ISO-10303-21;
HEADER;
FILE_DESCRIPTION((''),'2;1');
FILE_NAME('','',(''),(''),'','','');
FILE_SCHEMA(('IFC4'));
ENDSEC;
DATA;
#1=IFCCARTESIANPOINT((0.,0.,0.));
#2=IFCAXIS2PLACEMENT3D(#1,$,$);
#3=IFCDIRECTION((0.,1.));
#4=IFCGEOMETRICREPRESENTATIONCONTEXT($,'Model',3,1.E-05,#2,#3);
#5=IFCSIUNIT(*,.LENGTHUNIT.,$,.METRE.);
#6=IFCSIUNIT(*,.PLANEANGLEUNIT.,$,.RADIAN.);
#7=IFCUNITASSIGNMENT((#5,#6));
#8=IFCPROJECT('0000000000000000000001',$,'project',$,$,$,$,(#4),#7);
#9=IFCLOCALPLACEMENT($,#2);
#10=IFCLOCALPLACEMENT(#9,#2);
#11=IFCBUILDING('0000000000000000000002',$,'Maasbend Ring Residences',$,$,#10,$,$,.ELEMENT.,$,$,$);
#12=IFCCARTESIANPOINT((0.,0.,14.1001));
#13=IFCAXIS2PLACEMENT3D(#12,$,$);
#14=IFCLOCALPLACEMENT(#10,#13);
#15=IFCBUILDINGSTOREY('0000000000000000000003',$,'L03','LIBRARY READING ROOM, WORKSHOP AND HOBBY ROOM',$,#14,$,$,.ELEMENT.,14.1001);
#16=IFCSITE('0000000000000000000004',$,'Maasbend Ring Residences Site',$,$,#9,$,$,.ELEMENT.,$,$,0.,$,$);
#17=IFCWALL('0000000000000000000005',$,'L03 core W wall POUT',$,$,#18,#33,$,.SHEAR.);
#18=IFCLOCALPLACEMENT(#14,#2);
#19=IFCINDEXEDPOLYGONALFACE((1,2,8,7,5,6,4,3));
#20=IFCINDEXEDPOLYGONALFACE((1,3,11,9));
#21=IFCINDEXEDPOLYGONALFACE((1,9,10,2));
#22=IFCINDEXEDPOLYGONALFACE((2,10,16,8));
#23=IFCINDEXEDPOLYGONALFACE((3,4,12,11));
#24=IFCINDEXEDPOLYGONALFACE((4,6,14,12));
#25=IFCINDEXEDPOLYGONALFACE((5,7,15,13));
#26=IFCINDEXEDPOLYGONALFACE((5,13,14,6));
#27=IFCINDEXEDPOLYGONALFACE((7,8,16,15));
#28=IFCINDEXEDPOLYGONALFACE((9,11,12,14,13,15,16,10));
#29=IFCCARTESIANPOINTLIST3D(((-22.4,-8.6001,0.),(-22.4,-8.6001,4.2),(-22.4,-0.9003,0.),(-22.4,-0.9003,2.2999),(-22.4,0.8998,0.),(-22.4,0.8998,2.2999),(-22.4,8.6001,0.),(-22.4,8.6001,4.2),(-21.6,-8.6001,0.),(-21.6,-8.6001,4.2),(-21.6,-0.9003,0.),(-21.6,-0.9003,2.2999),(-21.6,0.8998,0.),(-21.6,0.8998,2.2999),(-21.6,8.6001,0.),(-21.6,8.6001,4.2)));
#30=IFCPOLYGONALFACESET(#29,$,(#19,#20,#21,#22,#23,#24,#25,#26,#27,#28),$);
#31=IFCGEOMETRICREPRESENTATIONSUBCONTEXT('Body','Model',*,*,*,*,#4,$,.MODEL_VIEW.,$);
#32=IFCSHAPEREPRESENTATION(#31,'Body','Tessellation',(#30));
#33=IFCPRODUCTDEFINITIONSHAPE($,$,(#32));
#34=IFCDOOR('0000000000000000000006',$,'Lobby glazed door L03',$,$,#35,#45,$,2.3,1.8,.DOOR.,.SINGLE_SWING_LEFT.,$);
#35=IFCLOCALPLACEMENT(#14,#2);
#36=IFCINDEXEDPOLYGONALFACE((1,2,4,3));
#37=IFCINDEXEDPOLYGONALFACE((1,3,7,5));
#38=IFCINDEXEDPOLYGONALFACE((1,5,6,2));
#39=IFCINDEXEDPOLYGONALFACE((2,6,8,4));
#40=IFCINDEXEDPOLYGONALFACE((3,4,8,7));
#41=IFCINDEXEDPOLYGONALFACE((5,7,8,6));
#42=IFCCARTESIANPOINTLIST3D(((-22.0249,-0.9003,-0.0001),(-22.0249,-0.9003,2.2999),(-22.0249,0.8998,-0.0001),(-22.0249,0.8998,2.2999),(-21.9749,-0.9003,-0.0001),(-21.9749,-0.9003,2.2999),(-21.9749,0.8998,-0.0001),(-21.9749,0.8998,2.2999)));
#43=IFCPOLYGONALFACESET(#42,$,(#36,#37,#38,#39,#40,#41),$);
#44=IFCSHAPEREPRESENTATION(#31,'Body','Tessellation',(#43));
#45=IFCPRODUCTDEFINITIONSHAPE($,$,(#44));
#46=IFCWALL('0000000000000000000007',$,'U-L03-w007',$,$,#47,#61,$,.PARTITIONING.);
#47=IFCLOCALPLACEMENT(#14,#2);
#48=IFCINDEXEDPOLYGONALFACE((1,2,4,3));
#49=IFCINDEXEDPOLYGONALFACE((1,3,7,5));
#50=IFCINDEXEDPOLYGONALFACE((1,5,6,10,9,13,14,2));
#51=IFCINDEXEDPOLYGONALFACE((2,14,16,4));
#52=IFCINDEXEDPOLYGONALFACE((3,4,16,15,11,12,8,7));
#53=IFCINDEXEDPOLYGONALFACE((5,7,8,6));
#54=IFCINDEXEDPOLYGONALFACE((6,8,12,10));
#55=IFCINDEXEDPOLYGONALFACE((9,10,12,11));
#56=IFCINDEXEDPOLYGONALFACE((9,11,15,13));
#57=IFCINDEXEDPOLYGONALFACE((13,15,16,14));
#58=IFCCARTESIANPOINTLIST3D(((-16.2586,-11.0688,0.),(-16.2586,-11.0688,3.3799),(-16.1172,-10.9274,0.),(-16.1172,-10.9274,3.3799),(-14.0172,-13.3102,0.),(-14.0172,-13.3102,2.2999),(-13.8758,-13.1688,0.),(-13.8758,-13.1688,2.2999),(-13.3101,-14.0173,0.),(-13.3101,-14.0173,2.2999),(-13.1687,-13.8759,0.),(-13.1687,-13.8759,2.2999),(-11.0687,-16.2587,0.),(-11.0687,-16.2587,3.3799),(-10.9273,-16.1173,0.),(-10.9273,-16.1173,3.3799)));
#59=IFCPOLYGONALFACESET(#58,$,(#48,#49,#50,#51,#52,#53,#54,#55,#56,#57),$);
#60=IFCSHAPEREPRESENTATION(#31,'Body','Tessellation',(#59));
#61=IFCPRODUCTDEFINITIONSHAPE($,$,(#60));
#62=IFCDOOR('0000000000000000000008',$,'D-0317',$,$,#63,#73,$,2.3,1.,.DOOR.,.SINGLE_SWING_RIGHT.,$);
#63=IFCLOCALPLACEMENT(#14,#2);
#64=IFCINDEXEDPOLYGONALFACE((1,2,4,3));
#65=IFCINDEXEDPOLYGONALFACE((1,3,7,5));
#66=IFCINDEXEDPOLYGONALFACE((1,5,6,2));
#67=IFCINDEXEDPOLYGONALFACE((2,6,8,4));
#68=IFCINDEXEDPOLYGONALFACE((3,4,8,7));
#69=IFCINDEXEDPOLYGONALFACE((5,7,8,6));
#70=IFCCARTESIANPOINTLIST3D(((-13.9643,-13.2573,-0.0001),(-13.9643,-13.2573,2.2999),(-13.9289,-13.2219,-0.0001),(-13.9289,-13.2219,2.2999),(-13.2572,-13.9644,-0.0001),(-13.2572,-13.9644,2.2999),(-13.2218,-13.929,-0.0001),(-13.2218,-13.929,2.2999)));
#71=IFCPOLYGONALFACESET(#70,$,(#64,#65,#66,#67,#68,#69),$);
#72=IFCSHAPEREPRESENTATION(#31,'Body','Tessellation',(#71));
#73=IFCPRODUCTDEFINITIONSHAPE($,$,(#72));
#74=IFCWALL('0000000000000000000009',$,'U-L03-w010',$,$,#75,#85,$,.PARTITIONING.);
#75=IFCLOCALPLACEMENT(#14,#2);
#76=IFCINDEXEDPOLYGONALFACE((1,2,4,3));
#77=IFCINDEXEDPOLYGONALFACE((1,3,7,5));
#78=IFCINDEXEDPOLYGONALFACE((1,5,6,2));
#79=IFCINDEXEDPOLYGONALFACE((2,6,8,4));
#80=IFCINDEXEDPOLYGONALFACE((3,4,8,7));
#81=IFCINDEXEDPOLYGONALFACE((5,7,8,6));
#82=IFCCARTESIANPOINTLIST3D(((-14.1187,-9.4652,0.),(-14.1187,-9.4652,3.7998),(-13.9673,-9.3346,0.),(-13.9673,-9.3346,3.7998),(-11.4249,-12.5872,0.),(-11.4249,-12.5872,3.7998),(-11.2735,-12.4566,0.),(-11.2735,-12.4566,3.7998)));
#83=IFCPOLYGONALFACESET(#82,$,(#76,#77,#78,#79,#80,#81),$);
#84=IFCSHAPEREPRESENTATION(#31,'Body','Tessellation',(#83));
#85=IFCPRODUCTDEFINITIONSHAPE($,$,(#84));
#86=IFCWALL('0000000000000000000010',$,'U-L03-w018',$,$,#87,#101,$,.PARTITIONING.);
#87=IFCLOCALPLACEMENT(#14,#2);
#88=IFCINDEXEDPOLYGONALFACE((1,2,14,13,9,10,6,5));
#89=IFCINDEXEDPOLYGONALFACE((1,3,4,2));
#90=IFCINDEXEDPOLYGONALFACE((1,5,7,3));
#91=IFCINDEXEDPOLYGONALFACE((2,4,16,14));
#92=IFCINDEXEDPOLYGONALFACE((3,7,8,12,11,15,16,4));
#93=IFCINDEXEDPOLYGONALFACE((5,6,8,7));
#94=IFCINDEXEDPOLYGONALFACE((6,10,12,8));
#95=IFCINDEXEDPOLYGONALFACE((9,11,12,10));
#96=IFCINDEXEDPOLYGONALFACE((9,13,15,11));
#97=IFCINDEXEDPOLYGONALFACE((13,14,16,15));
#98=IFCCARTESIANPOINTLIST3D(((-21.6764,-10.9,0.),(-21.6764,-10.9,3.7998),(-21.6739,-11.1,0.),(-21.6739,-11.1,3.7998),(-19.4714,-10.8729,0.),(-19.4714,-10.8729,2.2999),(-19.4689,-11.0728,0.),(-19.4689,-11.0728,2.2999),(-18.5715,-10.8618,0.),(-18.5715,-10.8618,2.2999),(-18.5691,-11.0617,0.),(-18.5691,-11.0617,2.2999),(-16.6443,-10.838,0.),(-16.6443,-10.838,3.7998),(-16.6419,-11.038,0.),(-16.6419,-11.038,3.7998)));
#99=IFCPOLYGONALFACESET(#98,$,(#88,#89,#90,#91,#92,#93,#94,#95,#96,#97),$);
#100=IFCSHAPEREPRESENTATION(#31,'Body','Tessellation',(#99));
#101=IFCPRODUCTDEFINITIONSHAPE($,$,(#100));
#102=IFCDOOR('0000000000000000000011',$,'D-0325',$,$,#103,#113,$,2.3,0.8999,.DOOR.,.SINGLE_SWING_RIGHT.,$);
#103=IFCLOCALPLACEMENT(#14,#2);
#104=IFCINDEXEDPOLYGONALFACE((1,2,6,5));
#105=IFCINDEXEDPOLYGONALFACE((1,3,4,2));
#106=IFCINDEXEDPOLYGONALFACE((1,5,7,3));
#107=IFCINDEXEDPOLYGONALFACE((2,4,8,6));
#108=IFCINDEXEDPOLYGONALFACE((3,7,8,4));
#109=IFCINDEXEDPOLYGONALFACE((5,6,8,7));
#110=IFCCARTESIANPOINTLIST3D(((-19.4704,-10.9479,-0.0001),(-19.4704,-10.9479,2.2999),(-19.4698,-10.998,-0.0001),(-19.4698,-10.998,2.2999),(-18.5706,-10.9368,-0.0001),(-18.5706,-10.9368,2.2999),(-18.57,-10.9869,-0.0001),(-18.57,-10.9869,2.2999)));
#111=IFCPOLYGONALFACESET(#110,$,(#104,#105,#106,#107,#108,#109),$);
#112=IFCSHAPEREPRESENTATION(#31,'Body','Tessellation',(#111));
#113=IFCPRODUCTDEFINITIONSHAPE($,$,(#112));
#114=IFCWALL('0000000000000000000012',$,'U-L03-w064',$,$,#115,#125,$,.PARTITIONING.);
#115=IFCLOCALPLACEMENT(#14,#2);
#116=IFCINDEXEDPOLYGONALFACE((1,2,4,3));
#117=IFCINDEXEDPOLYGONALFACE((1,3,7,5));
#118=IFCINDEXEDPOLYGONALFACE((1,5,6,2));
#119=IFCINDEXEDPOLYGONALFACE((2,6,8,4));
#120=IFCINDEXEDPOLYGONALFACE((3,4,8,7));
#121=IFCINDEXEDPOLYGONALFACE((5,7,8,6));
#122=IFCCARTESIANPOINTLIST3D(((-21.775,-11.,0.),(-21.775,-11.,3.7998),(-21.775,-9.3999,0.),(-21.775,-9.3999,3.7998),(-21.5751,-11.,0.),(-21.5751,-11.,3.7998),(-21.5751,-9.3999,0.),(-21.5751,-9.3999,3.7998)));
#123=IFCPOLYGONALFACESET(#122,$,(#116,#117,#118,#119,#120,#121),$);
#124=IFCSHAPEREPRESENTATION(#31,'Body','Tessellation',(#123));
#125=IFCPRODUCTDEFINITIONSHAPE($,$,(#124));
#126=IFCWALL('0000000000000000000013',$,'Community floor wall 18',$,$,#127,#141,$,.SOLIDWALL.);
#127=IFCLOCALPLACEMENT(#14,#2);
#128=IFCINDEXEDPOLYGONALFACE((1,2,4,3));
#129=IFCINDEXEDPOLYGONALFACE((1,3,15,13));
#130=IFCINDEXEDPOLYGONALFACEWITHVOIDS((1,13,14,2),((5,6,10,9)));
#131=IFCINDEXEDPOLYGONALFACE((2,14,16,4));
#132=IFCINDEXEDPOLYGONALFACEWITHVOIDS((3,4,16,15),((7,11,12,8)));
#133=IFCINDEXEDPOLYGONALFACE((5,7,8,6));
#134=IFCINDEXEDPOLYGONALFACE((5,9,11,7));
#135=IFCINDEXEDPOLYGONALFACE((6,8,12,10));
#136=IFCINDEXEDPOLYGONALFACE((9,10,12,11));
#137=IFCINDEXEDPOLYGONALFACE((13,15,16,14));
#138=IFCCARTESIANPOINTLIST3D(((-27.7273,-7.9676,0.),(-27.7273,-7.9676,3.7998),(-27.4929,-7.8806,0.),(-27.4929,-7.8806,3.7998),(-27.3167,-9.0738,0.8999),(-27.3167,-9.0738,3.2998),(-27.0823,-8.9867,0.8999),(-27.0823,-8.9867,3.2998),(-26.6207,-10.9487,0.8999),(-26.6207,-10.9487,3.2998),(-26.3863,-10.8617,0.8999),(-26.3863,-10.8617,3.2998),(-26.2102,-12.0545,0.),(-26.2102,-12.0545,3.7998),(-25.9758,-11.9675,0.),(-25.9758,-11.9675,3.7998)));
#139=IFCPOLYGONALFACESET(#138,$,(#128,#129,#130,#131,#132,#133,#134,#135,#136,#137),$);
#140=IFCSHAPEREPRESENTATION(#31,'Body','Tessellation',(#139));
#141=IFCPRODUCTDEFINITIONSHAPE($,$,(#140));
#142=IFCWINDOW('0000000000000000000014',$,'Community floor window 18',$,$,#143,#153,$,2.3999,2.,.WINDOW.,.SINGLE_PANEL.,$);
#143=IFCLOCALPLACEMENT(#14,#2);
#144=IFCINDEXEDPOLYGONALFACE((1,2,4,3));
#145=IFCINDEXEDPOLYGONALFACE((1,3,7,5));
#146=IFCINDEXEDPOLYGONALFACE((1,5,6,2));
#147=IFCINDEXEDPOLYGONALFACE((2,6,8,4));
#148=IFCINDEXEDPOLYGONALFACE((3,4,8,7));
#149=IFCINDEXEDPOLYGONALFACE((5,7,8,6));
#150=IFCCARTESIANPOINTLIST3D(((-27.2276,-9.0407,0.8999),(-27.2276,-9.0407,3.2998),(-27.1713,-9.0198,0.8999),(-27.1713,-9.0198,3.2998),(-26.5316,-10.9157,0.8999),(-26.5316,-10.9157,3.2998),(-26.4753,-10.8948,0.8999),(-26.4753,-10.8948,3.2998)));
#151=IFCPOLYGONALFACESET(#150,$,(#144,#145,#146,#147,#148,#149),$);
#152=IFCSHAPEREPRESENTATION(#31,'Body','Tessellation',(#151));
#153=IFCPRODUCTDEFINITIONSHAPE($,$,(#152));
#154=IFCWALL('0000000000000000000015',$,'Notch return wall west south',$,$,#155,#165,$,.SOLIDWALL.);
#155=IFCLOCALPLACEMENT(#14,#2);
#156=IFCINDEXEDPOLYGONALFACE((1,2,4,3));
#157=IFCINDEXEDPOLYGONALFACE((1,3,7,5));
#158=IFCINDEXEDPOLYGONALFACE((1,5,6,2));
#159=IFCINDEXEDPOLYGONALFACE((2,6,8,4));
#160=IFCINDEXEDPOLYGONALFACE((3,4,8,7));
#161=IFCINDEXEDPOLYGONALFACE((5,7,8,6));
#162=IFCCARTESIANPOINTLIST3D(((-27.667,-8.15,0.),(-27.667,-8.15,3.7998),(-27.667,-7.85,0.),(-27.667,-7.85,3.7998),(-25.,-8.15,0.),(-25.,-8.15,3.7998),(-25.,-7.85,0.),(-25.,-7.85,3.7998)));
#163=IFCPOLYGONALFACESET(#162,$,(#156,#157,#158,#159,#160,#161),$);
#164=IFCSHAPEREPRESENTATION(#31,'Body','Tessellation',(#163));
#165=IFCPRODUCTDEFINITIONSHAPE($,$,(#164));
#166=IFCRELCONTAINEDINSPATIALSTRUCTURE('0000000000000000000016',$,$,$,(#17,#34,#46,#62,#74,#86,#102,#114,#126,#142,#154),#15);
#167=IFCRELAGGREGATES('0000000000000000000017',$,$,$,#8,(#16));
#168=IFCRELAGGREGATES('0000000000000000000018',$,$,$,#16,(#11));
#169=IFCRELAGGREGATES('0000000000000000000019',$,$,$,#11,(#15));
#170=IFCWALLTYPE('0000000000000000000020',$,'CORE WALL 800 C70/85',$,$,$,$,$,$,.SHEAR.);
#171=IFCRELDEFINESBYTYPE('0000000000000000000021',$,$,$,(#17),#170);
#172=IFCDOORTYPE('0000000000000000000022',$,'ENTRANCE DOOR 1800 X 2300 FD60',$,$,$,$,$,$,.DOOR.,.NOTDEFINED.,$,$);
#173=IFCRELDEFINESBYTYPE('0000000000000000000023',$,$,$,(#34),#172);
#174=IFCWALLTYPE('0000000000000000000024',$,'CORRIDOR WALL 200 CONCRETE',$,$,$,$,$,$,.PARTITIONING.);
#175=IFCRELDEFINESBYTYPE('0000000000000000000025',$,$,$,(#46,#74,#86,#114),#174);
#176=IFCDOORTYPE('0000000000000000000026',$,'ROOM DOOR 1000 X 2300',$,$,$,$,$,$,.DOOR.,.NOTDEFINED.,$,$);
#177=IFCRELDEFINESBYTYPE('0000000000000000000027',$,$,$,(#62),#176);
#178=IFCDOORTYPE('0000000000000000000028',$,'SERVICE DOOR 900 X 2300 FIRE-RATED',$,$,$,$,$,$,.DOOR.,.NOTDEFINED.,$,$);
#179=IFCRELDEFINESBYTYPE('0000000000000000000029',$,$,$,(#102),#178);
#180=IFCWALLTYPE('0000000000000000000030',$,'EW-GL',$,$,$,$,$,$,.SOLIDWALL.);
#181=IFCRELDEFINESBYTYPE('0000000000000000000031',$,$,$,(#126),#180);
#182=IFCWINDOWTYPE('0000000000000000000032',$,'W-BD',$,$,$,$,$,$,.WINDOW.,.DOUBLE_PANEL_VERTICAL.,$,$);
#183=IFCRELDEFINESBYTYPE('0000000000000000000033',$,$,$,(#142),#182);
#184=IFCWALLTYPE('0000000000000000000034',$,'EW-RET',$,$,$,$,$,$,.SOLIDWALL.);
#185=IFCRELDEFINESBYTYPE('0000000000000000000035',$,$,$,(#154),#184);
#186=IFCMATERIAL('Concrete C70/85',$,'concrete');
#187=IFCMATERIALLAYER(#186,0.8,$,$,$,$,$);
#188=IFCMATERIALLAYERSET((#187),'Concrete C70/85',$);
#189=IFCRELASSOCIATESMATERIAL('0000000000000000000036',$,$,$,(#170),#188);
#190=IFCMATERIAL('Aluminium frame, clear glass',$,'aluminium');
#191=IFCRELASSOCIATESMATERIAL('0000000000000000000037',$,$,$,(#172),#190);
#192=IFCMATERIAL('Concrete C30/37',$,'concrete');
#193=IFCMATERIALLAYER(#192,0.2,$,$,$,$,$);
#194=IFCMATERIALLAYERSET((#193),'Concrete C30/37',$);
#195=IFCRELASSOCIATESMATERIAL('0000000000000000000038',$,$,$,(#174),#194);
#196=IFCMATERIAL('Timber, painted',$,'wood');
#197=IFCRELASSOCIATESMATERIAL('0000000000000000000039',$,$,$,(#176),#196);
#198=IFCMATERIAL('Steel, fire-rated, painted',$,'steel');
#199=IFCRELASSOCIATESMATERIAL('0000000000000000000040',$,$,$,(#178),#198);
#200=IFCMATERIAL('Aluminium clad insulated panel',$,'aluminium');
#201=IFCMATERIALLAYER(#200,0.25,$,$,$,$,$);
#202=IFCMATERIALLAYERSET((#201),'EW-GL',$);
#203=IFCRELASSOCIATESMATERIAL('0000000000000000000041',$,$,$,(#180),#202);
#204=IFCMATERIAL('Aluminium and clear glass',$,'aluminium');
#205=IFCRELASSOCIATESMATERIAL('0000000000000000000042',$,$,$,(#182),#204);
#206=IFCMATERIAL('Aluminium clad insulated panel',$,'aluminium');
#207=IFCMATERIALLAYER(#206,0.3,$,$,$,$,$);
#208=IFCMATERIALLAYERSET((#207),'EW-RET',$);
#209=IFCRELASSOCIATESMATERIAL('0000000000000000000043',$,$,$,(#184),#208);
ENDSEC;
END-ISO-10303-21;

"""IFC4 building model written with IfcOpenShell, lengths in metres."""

from ifc_helpers import new_model, si_unit, direction, frame, frame_2d, origin, place, context, subcontext, project, spatial, rectangle, extrude, material, layer, layer_set, type_object, element, fill, save


model = new_model("IFC4")

# Units and contexts
model_context = context("Model", 3, precision=1e-05, world=origin(), true_north=direction((0.0, 1.0)))
body_context = subcontext(model_context, "Body", "Model", "MODEL_VIEW")
ifc_project = project(units=[si_unit("LENGTHUNIT", "METRE"), si_unit("PLANEANGLEUNIT", "RADIAN")], contexts=[model_context])

# Site, building, storey
site_placement = place(None, origin())
site = spatial("IfcSite", under=ifc_project, at=site_placement, Name="Maasbend Ring Residences Site", CompositionType="ELEMENT", RefElevation=0.0)
building_placement = place(site_placement, origin())
building = spatial("IfcBuilding", under=site, at=building_placement, Name="Maasbend Ring Residences", CompositionType="ELEMENT")
storey_placement = place(building_placement, frame((0.0, 0.0, 14.1001)))
storey = spatial("IfcBuildingStorey", under=building, at=storey_placement, Name="L03", Description="LIBRARY READING ROOM, WORKSHOP AND HOBBY ROOM", CompositionType="ELEMENT", Elevation=14.1001)

# Walls, openings, doors
ifc_material_1 = material(Name="Concrete C70/85", Category="concrete")
ifc_layer_1 = layer(ifc_material_1, 0.8)
ifc_layer_set_1 = layer_set([ifc_layer_1], Name="Concrete C70/85")
wall_type_1 = type_object("IfcWallType", Name="CORE WALL 800 C70/85", PredefinedType="SHEAR", material=ifc_layer_set_1)
wall_1_placement = place(storey_placement, frame((-22.0, -8.6001, 0.0), z_axis=(0.0, 0.0, 1.0), x_axis=(0.0, 1.0, 0.0)))
wall_1 = element("IfcWall", 1, at=wall_1_placement, inside=storey, type_object=wall_type_1, Name="L03 core W wall POUT", PredefinedType="SHEAR", context=body_context, shape_type="SweptSolid", body=[
    extrude(rectangle(XDim=17.2002, YDim=0.8, at=frame_2d((8.6001, 0.0))), origin(), (0.0, 0.0, 1.0), 4.2),
])
opening_1_placement = place(wall_1_placement, frame((7.7, 0.0, 0.0)))
opening_1 = element("IfcOpeningElement", 2, at=opening_1_placement, cuts=wall_1, PredefinedType="OPENING", context=body_context, shape_type="SweptSolid", body=[
    extrude(rectangle(XDim=1.8, YDim=2.3, at=frame_2d((0.8999, 1.1499))), frame((0.0, 0.4102, 0.0), z_axis=(0.0, -1.0, 0.0), x_axis=(1.0, 0.0, 0.0)), (0.0, 0.0, 1.0), 0.8201),
])
ifc_material_2 = material(Name="Aluminium frame, clear glass", Category="aluminium")
door_type_1 = type_object("IfcDoorType", Name="ENTRANCE DOOR 1800 X 2300 FD60", OperationType="NOTDEFINED", PredefinedType="DOOR", material=ifc_material_2)
door_1_placement = place(opening_1_placement, origin())
door_1 = element("IfcDoor", 3, at=door_1_placement, inside=storey, type_object=door_type_1, Name="Lobby glazed door L03", OperationType="SINGLE_SWING_LEFT", OverallHeight=2.3, OverallWidth=1.8, PredefinedType="DOOR", context=body_context, shape_type="SweptSolid", body=[
    extrude(rectangle(XDim=1.8, YDim=2.3, at=frame_2d((0.8999, 1.1499))), frame((0.0, 0.0249, 0.0), z_axis=(0.0, -1.0, 0.0), x_axis=(1.0, 0.0, 0.0)), (0.0, 0.0, 1.0), 0.05),
])
fill(opening_1, door_1)
ifc_material_3 = material(Name="Concrete C30/37", Category="concrete")
ifc_layer_2 = layer(ifc_material_3, 0.2)
ifc_layer_set_2 = layer_set([ifc_layer_2], Name="Concrete C30/37")
wall_type_2 = type_object("IfcWallType", Name="CORRIDOR WALL 200 CONCRETE", PredefinedType="PARTITIONING", material=ifc_layer_set_2)
wall_2_placement = place(storey_placement, frame((-16.188, -10.998, 0.0), z_axis=(0.0, 0.0, 1.0), x_axis=(0.707107, -0.707107, 0.0)))
wall_2 = element("IfcWall", 4, at=wall_2_placement, inside=storey, type_object=wall_type_2, Name="U-L03-w007", PredefinedType="PARTITIONING", context=body_context, shape_type="SweptSolid", body=[
    extrude(rectangle(XDim=7.3396, YDim=0.2, at=frame_2d((3.6699, 0.0))), origin(), (0.0, 0.0, 1.0), 3.3799),
])
opening_2_placement = place(wall_2_placement, frame((3.1699, 0.0, 0.0)))
opening_2 = element("IfcOpeningElement", 5, at=opening_2_placement, cuts=wall_2, PredefinedType="OPENING", context=body_context, shape_type="SweptSolid", body=[
    extrude(rectangle(XDim=1.0, YDim=2.3, at=frame_2d((0.5, 1.1499))), frame((0.0, 0.1099, 0.0), z_axis=(0.0, -1.0, 0.0), x_axis=(1.0, 0.0, 0.0)), (0.0, 0.0, 1.0), 0.22),
])
ifc_material_4 = material(Name="Timber, painted", Category="wood")
door_type_2 = type_object("IfcDoorType", Name="ROOM DOOR 1000 X 2300", OperationType="NOTDEFINED", PredefinedType="DOOR", material=ifc_material_4)
door_2_placement = place(opening_2_placement, origin())
door_2 = element("IfcDoor", 6, at=door_2_placement, inside=storey, type_object=door_type_2, Name="D-0317", OperationType="SINGLE_SWING_RIGHT", OverallHeight=2.3, OverallWidth=1.0, PredefinedType="DOOR", context=body_context, shape_type="SweptSolid", body=[
    extrude(rectangle(XDim=1.0, YDim=2.3, at=frame_2d((0.5, 1.1499))), frame((0.0, 0.0249, 0.0), z_axis=(0.0, -1.0, 0.0), x_axis=(1.0, 0.0, 0.0)), (0.0, 0.0, 1.0), 0.05),
])
fill(opening_2, door_2)

# Wall
wall_3_placement = place(storey_placement, frame((-14.043, -9.3999, 0.0), z_axis=(0.0, 0.0, 1.0), x_axis=(0.653275, -0.757121, 0.0)))
element("IfcWall", 7, at=wall_3_placement, inside=storey, type_object=wall_type_2, Name="U-L03-w010", PredefinedType="PARTITIONING", context=body_context, shape_type="SweptSolid", body=[
    extrude(rectangle(XDim=4.1235, YDim=0.2, at=frame_2d((2.0618, 0.0))), origin(), (0.0, 0.0, 1.0), 3.7998),
])

# Wall, opening, door
wall_4_placement = place(storey_placement, frame((-21.675, -11.0, 0.0), z_axis=(0.0, 0.0, 1.0), x_axis=(0.999924, 0.012323, 0.0)))
wall_4 = element("IfcWall", 8, at=wall_4_placement, inside=storey, type_object=wall_type_2, Name="U-L03-w018", PredefinedType="PARTITIONING", context=body_context, shape_type="SweptSolid", body=[
    extrude(rectangle(XDim=5.0325, YDim=0.2, at=frame_2d((2.5161, 0.0))), origin(), (0.0, 0.0, 1.0), 3.7998),
])
opening_3_placement = place(wall_4_placement, frame((2.2051, 0.0, 0.0)))
opening_3 = element("IfcOpeningElement", 9, at=opening_3_placement, cuts=wall_4, PredefinedType="OPENING", context=body_context, shape_type="SweptSolid", body=[
    extrude(rectangle(XDim=0.8999, YDim=2.3, at=frame_2d((0.45, 1.1499))), frame((0.0, 0.1099, 0.0), z_axis=(0.0, -1.0, 0.0), x_axis=(1.0, 0.0, 0.0)), (0.0, 0.0, 1.0), 0.22),
])
ifc_material_5 = material(Name="Steel, fire-rated, painted", Category="steel")
door_type_3 = type_object("IfcDoorType", Name="SERVICE DOOR 900 X 2300 FIRE-RATED", OperationType="NOTDEFINED", PredefinedType="DOOR", material=ifc_material_5)
door_3_placement = place(opening_3_placement, origin())
door_3 = element("IfcDoor", 10, at=door_3_placement, inside=storey, type_object=door_type_3, Name="D-0325", OperationType="SINGLE_SWING_RIGHT", OverallHeight=2.3, OverallWidth=0.8999, PredefinedType="DOOR", context=body_context, shape_type="SweptSolid", body=[
    extrude(rectangle(XDim=0.8999, YDim=2.3, at=frame_2d((0.45, 1.1499))), frame((0.0, 0.0249, 0.0), z_axis=(0.0, -1.0, 0.0), x_axis=(1.0, 0.0, 0.0)), (0.0, 0.0, 1.0), 0.05),
])
fill(opening_3, door_3)

# Wall
wall_5_placement = place(storey_placement, frame((-21.675, -11.0, 0.0), z_axis=(0.0, 0.0, 1.0), x_axis=(0.0, 1.0, 0.0)))
element("IfcWall", 11, at=wall_5_placement, inside=storey, type_object=wall_type_2, Name="U-L03-w064", PredefinedType="PARTITIONING", context=body_context, shape_type="SweptSolid", body=[
    extrude(rectangle(XDim=1.6001, YDim=0.2, at=frame_2d((0.8, 0.0))), origin(), (0.0, 0.0, 1.0), 3.7998),
])

# Wall, opening, window
ifc_material_6 = material(Name="Aluminium clad insulated panel", Category="aluminium")
ifc_layer_3 = layer(ifc_material_6, 0.25)
ifc_layer_set_3 = layer_set([ifc_layer_3], Name="EW-GL")
wall_type_3 = type_object("IfcWallType", Name="EW-GL", PredefinedType="SOLIDWALL", material=ifc_layer_set_3)
wall_6_placement = place(storey_placement, frame((-27.6101, -7.9241, 0.0), z_axis=(0.0, 0.0, 1.0), x_axis=(0.348004, -0.937493, 0.0)))
wall_6 = element("IfcWall", 12, at=wall_6_placement, inside=storey, type_object=wall_type_3, Name="Community floor wall 18", PredefinedType="SOLIDWALL", context=body_context, shape_type="SweptSolid", body=[
    extrude(rectangle(XDim=4.3594, YDim=0.25, at=frame_2d((2.1797, 0.0))), origin(), (0.0, 0.0, 1.0), 3.7998),
])
opening_4_placement = place(wall_6_placement, frame((1.1799, 0.0, 0.8999)))
opening_4 = element("IfcOpeningElement", 13, at=opening_4_placement, cuts=wall_6, PredefinedType="OPENING", context=body_context, shape_type="SweptSolid", body=[
    extrude(rectangle(XDim=2.0, YDim=2.3999, at=frame_2d((1.0, 1.2))), frame((0.0, 0.135, 0.0), z_axis=(0.0, -1.0, 0.0), x_axis=(1.0, 0.0, 0.0)), (0.0, 0.0, 1.0), 0.27),
])
ifc_material_7 = material(Name="Aluminium and clear glass", Category="aluminium")
window_type = type_object("IfcWindowType", Name="W-BD", PartitioningType="DOUBLE_PANEL_VERTICAL", PredefinedType="WINDOW", material=ifc_material_7)
window_placement = place(opening_4_placement, origin())
window = element("IfcWindow", 14, at=window_placement, inside=storey, type_object=window_type, Name="Community floor window 18", OverallHeight=2.3999, OverallWidth=2.0, PartitioningType="SINGLE_PANEL", PredefinedType="WINDOW", context=body_context, shape_type="SweptSolid", body=[
    extrude(rectangle(XDim=2.0, YDim=2.3999, at=frame_2d((1.0, 1.2))), frame((0.0, 0.03, 0.0), z_axis=(0.0, -1.0, 0.0), x_axis=(1.0, 0.0, 0.0)), (0.0, 0.0, 1.0), 0.0601),
])
fill(opening_4, window)

# Wall
ifc_material_8 = material(Name="Aluminium clad insulated panel", Category="aluminium")
ifc_layer_4 = layer(ifc_material_8, 0.3)
ifc_layer_set_4 = layer_set([ifc_layer_4], Name="EW-RET")
wall_type_4 = type_object("IfcWallType", Name="EW-RET", PredefinedType="SOLIDWALL", material=ifc_layer_set_4)
wall_7_placement = place(storey_placement, frame((-25.0, -8.0, 0.0), z_axis=(0.0, 0.0, 1.0), x_axis=(-1.0, 0.0, 0.0)))
element("IfcWall", 15, at=wall_7_placement, inside=storey, type_object=wall_type_4, Name="Notch return wall west south", PredefinedType="SOLIDWALL", context=body_context, shape_type="SweptSolid", body=[
    extrude(rectangle(XDim=2.667, YDim=0.3, at=frame_2d((1.3335, 0.0))), origin(), (0.0, 0.0, 1.0), 3.7998),
])

save(model, "model.ifc")
